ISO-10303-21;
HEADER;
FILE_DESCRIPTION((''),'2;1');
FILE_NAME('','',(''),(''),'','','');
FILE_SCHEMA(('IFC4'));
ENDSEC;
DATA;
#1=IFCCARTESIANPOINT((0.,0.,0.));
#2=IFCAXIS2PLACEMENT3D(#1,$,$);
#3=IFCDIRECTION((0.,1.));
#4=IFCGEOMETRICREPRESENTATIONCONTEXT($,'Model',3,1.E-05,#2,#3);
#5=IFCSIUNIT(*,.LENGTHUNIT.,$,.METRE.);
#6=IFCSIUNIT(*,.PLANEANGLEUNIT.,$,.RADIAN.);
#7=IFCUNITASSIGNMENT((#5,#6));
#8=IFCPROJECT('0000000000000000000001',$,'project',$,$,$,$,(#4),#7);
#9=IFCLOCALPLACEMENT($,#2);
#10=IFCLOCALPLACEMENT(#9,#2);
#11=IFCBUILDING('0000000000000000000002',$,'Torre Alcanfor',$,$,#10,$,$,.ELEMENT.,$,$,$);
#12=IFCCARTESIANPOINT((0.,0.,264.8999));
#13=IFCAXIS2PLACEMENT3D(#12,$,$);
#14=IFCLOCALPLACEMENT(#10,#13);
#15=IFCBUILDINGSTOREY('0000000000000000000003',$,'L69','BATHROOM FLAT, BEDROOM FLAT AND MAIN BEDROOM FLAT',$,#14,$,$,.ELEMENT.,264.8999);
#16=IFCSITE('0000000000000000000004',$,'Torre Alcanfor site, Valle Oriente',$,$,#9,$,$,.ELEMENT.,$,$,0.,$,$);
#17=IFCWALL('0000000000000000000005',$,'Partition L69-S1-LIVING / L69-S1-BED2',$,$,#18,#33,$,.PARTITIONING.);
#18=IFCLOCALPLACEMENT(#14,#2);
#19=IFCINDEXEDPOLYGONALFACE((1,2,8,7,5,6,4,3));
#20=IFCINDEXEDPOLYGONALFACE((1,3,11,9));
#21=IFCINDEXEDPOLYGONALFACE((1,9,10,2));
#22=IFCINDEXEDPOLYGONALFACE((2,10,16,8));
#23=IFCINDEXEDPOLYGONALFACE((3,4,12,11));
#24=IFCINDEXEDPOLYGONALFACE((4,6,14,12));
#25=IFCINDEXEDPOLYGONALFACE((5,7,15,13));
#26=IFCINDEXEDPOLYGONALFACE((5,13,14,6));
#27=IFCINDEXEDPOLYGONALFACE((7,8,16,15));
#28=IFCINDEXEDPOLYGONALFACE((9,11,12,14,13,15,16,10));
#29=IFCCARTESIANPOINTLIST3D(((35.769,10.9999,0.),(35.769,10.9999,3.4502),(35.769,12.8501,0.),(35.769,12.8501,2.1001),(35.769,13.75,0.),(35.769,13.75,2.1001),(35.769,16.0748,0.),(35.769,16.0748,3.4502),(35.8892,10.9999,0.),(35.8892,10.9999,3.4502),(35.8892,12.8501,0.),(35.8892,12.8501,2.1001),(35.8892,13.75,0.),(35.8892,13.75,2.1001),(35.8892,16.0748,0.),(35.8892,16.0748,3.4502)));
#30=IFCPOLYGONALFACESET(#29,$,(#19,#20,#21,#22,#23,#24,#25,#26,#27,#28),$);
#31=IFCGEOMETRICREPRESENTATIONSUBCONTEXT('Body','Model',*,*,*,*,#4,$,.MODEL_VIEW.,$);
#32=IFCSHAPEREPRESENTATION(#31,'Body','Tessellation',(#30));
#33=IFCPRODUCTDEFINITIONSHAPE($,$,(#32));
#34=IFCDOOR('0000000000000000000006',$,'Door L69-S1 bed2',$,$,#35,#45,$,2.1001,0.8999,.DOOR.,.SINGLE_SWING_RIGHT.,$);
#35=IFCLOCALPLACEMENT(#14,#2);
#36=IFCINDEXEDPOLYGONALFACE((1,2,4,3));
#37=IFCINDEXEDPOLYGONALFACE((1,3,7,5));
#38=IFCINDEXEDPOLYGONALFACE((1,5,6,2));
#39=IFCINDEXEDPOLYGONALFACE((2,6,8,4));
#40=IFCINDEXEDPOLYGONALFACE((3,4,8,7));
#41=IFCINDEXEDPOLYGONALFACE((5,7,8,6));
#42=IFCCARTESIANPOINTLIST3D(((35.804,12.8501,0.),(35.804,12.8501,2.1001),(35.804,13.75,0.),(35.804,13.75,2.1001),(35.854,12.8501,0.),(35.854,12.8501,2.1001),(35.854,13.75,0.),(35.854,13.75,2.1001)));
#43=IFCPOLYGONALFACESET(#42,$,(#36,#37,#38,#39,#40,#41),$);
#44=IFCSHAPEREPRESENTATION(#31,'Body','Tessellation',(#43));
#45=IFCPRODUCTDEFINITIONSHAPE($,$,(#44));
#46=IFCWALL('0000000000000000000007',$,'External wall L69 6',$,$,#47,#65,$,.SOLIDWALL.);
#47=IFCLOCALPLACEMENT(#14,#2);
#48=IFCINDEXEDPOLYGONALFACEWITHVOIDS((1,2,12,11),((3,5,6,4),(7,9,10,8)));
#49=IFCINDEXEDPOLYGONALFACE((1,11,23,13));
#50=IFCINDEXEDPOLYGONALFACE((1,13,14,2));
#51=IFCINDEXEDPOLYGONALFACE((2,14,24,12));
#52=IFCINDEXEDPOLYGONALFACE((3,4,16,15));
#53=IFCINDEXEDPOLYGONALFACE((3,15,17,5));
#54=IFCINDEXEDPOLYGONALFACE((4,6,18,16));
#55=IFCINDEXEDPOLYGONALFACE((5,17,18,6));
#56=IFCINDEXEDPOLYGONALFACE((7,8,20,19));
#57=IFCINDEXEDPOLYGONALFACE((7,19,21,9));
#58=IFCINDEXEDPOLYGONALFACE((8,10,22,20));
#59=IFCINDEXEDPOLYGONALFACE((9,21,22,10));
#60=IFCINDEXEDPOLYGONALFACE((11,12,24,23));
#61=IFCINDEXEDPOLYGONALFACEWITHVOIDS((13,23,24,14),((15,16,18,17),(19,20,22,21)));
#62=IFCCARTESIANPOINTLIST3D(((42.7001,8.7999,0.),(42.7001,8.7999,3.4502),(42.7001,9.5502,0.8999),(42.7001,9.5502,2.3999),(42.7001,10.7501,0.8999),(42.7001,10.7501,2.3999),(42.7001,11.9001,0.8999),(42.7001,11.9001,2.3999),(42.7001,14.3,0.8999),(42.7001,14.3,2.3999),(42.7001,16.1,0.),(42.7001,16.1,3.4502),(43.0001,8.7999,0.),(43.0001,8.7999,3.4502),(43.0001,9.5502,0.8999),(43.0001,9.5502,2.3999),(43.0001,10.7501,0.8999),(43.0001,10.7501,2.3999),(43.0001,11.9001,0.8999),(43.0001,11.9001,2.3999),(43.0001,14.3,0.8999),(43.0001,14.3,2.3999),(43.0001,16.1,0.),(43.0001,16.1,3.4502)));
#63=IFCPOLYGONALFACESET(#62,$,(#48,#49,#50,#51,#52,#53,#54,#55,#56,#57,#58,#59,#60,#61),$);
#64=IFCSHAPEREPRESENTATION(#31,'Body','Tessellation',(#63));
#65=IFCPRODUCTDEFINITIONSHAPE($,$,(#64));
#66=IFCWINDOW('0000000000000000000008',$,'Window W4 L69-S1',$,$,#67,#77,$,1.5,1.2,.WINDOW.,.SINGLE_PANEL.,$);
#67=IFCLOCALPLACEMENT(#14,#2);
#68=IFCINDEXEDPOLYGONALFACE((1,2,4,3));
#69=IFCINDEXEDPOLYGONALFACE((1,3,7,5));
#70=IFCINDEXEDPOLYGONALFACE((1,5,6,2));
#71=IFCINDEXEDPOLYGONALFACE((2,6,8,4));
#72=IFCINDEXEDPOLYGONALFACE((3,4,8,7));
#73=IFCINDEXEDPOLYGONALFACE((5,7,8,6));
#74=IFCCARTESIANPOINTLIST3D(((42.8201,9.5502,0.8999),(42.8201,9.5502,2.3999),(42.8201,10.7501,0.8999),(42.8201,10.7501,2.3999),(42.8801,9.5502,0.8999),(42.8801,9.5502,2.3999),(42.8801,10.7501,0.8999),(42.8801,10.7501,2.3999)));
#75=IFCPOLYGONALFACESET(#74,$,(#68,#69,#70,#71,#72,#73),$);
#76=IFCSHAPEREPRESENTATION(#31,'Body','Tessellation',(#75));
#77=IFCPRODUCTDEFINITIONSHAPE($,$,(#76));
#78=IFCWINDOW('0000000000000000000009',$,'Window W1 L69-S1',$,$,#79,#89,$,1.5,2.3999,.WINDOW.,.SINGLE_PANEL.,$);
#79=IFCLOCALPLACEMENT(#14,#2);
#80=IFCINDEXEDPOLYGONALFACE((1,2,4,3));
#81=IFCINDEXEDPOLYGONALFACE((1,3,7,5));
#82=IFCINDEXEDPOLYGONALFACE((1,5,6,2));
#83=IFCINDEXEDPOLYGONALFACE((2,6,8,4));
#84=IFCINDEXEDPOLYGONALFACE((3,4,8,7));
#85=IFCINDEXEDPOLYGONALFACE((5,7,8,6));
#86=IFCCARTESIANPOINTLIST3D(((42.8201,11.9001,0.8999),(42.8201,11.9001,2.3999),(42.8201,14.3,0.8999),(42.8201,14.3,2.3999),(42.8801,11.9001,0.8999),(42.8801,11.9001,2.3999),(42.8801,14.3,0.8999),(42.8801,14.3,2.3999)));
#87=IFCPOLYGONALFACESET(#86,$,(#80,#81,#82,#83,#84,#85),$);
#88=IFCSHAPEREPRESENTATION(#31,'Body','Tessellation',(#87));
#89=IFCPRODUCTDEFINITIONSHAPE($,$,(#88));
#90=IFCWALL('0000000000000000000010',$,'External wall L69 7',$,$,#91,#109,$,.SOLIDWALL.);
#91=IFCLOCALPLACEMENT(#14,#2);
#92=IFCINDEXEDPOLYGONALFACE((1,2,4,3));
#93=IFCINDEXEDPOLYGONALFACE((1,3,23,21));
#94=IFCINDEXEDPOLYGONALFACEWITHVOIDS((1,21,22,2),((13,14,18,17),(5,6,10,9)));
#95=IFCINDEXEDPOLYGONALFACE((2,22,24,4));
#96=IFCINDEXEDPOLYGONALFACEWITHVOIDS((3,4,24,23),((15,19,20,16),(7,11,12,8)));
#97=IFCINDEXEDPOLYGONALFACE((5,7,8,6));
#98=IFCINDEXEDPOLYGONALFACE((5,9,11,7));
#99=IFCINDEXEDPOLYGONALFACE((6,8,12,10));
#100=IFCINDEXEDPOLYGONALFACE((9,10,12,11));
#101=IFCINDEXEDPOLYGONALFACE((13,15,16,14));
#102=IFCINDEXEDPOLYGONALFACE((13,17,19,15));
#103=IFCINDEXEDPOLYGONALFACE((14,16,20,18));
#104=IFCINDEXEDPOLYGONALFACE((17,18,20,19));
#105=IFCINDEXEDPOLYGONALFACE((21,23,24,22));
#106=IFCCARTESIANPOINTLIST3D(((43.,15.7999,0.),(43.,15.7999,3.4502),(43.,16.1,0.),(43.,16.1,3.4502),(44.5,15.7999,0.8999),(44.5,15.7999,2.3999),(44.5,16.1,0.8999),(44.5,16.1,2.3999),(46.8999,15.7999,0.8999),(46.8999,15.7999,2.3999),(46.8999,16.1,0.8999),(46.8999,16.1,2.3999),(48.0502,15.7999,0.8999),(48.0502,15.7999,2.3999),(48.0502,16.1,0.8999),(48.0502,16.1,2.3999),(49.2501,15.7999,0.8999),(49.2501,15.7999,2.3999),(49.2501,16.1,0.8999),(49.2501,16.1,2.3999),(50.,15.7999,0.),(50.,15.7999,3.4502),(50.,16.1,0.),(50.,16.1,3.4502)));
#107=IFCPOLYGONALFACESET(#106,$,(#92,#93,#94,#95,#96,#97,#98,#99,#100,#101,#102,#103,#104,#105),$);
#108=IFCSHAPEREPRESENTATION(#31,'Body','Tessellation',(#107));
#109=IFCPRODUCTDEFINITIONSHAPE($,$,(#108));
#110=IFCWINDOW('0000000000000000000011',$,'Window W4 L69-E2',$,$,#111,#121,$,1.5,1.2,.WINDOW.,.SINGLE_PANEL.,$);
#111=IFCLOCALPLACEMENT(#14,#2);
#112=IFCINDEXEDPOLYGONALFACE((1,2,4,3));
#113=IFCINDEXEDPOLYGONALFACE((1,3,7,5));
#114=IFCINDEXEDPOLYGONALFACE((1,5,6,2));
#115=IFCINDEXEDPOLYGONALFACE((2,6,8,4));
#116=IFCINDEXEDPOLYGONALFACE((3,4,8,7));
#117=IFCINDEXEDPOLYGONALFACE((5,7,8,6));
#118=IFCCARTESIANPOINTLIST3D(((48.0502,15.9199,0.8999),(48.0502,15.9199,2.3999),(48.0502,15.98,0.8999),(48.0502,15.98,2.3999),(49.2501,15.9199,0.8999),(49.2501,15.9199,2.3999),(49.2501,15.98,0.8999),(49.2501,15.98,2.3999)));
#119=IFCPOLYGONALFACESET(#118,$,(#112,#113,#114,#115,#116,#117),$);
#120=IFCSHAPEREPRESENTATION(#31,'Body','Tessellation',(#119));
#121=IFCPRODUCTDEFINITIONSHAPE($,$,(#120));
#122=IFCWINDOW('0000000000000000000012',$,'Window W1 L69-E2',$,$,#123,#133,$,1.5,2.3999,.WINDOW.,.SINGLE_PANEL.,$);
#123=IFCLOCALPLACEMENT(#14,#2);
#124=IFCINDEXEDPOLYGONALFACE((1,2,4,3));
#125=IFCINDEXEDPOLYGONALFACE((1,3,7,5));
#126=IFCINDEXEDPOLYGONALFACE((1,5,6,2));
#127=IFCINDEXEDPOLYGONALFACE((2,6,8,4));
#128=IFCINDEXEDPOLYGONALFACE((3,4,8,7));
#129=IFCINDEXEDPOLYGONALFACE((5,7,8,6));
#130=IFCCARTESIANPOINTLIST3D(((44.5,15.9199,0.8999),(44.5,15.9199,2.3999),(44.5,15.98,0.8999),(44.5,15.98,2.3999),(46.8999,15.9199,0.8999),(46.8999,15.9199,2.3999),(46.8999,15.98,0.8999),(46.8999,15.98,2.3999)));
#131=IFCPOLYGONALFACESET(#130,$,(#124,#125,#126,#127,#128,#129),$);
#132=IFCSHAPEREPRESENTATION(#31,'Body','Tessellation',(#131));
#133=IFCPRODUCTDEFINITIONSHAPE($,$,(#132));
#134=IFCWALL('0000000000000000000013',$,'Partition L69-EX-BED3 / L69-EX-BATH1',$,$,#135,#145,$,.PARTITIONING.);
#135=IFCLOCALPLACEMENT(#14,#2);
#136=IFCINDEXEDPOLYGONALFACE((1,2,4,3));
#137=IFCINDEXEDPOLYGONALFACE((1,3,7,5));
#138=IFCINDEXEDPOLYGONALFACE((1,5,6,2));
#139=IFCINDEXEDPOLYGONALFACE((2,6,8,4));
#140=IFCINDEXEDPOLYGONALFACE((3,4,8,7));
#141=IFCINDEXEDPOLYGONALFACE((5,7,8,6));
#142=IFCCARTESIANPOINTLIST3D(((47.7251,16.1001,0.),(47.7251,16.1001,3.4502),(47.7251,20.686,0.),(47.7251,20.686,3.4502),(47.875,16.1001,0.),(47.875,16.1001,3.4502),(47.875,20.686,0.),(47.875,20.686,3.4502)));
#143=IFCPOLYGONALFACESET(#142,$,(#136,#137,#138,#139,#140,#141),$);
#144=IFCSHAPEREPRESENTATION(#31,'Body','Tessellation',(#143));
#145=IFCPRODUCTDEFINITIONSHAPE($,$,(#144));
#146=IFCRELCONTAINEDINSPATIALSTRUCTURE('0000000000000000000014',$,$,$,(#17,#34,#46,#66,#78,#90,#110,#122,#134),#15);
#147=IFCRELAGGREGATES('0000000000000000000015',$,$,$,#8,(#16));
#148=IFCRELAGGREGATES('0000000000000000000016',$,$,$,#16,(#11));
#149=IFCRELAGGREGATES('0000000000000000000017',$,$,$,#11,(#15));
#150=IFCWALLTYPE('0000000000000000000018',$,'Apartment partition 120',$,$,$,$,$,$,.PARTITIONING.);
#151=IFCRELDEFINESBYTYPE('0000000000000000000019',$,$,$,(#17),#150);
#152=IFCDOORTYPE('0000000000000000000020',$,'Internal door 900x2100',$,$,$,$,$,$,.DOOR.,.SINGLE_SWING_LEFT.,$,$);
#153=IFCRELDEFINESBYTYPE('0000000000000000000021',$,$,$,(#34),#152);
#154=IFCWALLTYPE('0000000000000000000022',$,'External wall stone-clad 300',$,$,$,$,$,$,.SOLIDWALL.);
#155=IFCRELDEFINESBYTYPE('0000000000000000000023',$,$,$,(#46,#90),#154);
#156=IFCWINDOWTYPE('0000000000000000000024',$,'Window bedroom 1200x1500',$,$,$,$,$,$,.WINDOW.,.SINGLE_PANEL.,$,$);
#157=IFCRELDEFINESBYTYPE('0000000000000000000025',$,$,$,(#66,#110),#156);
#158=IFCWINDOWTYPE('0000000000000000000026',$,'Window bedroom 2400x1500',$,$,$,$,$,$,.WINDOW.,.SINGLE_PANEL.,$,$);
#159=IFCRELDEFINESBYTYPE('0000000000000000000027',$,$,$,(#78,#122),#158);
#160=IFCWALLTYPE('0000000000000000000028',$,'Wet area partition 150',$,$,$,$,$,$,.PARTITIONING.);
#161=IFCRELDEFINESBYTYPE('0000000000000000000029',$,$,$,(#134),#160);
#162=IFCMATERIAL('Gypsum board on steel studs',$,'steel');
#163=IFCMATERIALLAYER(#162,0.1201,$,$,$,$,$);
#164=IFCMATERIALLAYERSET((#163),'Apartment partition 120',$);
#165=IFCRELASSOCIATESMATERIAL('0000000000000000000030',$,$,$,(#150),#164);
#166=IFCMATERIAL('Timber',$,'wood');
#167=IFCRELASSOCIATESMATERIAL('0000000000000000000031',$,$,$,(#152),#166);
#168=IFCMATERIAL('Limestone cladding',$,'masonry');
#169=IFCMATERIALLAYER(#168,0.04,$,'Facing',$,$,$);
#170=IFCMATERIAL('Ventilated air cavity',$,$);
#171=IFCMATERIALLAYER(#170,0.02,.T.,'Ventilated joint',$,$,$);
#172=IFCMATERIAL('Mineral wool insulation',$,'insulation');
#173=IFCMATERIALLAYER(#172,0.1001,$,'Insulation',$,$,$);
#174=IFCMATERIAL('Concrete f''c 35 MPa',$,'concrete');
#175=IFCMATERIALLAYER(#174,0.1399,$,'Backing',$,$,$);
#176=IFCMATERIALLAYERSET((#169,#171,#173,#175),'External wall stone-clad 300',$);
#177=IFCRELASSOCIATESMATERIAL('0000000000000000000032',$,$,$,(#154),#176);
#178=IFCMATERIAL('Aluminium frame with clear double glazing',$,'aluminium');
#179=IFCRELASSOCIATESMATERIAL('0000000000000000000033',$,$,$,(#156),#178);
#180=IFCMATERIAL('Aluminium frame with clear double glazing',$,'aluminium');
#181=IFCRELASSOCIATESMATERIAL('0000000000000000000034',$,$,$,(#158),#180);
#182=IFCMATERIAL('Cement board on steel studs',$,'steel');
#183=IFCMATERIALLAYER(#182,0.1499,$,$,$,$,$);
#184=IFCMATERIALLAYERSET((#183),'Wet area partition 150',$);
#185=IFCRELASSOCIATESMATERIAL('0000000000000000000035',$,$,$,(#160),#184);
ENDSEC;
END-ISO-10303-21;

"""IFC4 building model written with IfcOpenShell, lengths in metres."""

from ifc_helpers import new_model, si_unit, direction, frame, frame_2d, origin, place, context, subcontext, project, spatial, rectangle, extrude, material, layer, layer_set, type_object, element, fill, save


model = new_model("IFC4")

# Units and contexts
model_context = context("Model", 3, precision=1e-05, world=origin(), true_north=direction((0.0, 1.0)))
body_context = subcontext(model_context, "Body", "Model", "MODEL_VIEW")
ifc_project = project(units=[si_unit("LENGTHUNIT", "METRE"), si_unit("PLANEANGLEUNIT", "RADIAN")], contexts=[model_context])

# Site, building, storey
site_placement = place(None, origin())
site = spatial("IfcSite", under=ifc_project, at=site_placement, Name="Torre Alcanfor site, Valle Oriente", CompositionType="ELEMENT", RefElevation=0.0)
building_placement = place(site_placement, origin())
building = spatial("IfcBuilding", under=site, at=building_placement, Name="Torre Alcanfor", CompositionType="ELEMENT")
storey_placement = place(building_placement, frame((0.0, 0.0, 264.8999)))
storey = spatial("IfcBuildingStorey", under=building, at=storey_placement, Name="L69", Description="BATHROOM FLAT, BEDROOM FLAT AND MAIN BEDROOM FLAT", CompositionType="ELEMENT", Elevation=264.8999)

# Wall, opening, door
ifc_material_1 = material(Name="Gypsum board on steel studs", Category="steel")
ifc_layer_1 = layer(ifc_material_1, 0.1201)
ifc_layer_set_1 = layer_set([ifc_layer_1], Name="Apartment partition 120")
wall_type_1 = type_object("IfcWallType", Name="Apartment partition 120", PredefinedType="PARTITIONING", material=ifc_layer_set_1)
wall_1_placement = place(storey_placement, frame((35.8291, 16.075, 0.0), z_axis=(0.0, 0.0, 1.0), x_axis=(0.0, -1.0, 0.0)))
wall_1 = element("IfcWall", 1, at=wall_1_placement, inside=storey, type_object=wall_type_1, Name="Partition L69-S1-LIVING / L69-S1-BED2", PredefinedType="PARTITIONING", context=body_context, shape_type="SweptSolid", body=[
    extrude(rectangle(XDim=5.075, YDim=0.1201, at=frame_2d((2.5376, 0.0))), origin(), (0.0, 0.0, 1.0), 3.4502),
])
opening_1_placement = place(wall_1_placement, frame((2.325, 0.0, 0.0)))
opening_1 = element("IfcOpeningElement", 2, at=opening_1_placement, cuts=wall_1, PredefinedType="OPENING", context=body_context, shape_type="SweptSolid", body=[
    extrude(rectangle(XDim=0.8999, YDim=2.1001, at=frame_2d((0.45, 1.05))), frame((0.0, 0.0701, 0.0), z_axis=(0.0, -1.0, 0.0), x_axis=(1.0, 0.0, 0.0)), (0.0, 0.0, 1.0), 0.1401),
])
ifc_material_2 = material(Name="Timber", Category="wood")
door_type_1 = type_object("IfcDoorType", Name="Internal door 900x2100", OperationType="SINGLE_SWING_LEFT", PredefinedType="DOOR", material=ifc_material_2)
door_1_placement = place(opening_1_placement, origin())
door_1 = element("IfcDoor", 3, at=door_1_placement, inside=storey, type_object=door_type_1, Name="Door L69-S1 bed2", OperationType="SINGLE_SWING_RIGHT", OverallHeight=2.1001, OverallWidth=0.8999, PredefinedType="DOOR", context=body_context, shape_type="SweptSolid", body=[
    extrude(rectangle(XDim=0.8999, YDim=2.1001, at=frame_2d((0.45, 1.05))), frame((0.0, 0.0249, 0.0), z_axis=(0.0, -1.0, 0.0), x_axis=(1.0, 0.0, 0.0)), (0.0, 0.0, 1.0), 0.05),
])
fill(opening_1, door_1)

# Walls, openings, windows
ifc_material_3 = material(Name="Limestone cladding", Category="masonry")
ifc_layer_2 = layer(ifc_material_3, 0.04, Name="Facing")
ifc_material_4 = material(Name="Ventilated air cavity")
ifc_layer_3 = layer(ifc_material_4, 0.02, ventilated=True, Name="Ventilated joint")
ifc_material_5 = material(Name="Mineral wool insulation", Category="insulation")
ifc_layer_4 = layer(ifc_material_5, 0.1001, Name="Insulation")
ifc_material_6 = material(Name="Concrete f'c 35 MPa", Category="concrete")
ifc_layer_5 = layer(ifc_material_6, 0.1399, Name="Backing")
ifc_layer_set_2 = layer_set([ifc_layer_2, ifc_layer_3, ifc_layer_4, ifc_layer_5], Name="External wall stone-clad 300")
wall_type_2 = type_object("IfcWallType", Name="External wall stone-clad 300", PredefinedType="SOLIDWALL", material=ifc_layer_set_2)
wall_2_placement = place(storey_placement, frame((42.8501, 8.8, 0.0), z_axis=(0.0, 0.0, 1.0), x_axis=(0.0, 1.0, 0.0)))
wall_2 = element("IfcWall", 4, at=wall_2_placement, inside=storey, type_object=wall_type_2, Name="External wall L69 6", PredefinedType="SOLIDWALL", context=body_context, shape_type="SweptSolid", body=[
    extrude(rectangle(XDim=7.3, YDim=0.3, at=frame_2d((3.6499, 0.0))), origin(), (0.0, 0.0, 1.0), 3.4502),
])
opening_2_placement = place(wall_2_placement, frame((3.1001, 0.0, 0.8999)))
opening_2 = element("IfcOpeningElement", 5, at=opening_2_placement, cuts=wall_2, PredefinedType="OPENING", context=body_context, shape_type="SweptSolid", body=[
    extrude(rectangle(XDim=2.3999, YDim=1.5, at=frame_2d((1.2, 0.75))), frame((0.0, 0.1599, 0.0), z_axis=(0.0, -1.0, 0.0), x_axis=(1.0, 0.0, 0.0)), (0.0, 0.0, 1.0), 0.3201),
])
opening_3_placement = place(wall_2_placement, frame((0.75, 0.0, 0.8999)))
opening_3 = element("IfcOpeningElement", 6, at=opening_3_placement, cuts=wall_2, PredefinedType="OPENING", context=body_context, shape_type="SweptSolid", body=[
    extrude(rectangle(XDim=1.2, YDim=1.5, at=frame_2d((0.6001, 0.75))), frame((0.0, 0.1599, 0.0), z_axis=(0.0, -1.0, 0.0), x_axis=(1.0, 0.0, 0.0)), (0.0, 0.0, 1.0), 0.3201),
])
ifc_material_7 = material(Name="Aluminium frame with clear double glazing", Category="aluminium")
window_type_1 = type_object("IfcWindowType", Name="Window bedroom 1200x1500", PartitioningType="SINGLE_PANEL", PredefinedType="WINDOW", material=ifc_material_7)
window_1_placement = place(opening_3_placement, origin())
window_1 = element("IfcWindow", 7, at=window_1_placement, inside=storey, type_object=window_type_1, Name="Window W4 L69-S1", OverallHeight=1.5, OverallWidth=1.2, PartitioningType="SINGLE_PANEL", PredefinedType="WINDOW", context=body_context, shape_type="SweptSolid", body=[
    extrude(rectangle(XDim=1.2, YDim=1.5, at=frame_2d((0.6001, 0.75))), frame((0.0, 0.03, 0.0), z_axis=(0.0, -1.0, 0.0), x_axis=(1.0, 0.0, 0.0)), (0.0, 0.0, 1.0), 0.0601),
])
fill(opening_3, window_1)
ifc_material_8 = material(Name="Aluminium frame with clear double glazing", Category="aluminium")
window_type_2 = type_object("IfcWindowType", Name="Window bedroom 2400x1500", PartitioningType="SINGLE_PANEL", PredefinedType="WINDOW", material=ifc_material_8)
window_2_placement = place(opening_2_placement, origin())
window_2 = element("IfcWindow", 8, at=window_2_placement, inside=storey, type_object=window_type_2, Name="Window W1 L69-S1", OverallHeight=1.5, OverallWidth=2.3999, PartitioningType="SINGLE_PANEL", PredefinedType="WINDOW", context=body_context, shape_type="SweptSolid", body=[
    extrude(rectangle(XDim=2.3999, YDim=1.5, at=frame_2d((1.2, 0.75))), frame((0.0, 0.03, 0.0), z_axis=(0.0, -1.0, 0.0), x_axis=(1.0, 0.0, 0.0)), (0.0, 0.0, 1.0), 0.0601),
])
fill(opening_2, window_2)
wall_3_placement = place(storey_placement, frame((43.0, 15.95, 0.0), z_axis=(0.0, 0.0, 1.0), x_axis=(1.0, 0.0, 0.0)))
wall_3 = element("IfcWall", 9, at=wall_3_placement, inside=storey, type_object=wall_type_2, Name="External wall L69 7", PredefinedType="SOLIDWALL", context=body_context, shape_type="SweptSolid", body=[
    extrude(rectangle(XDim=7.0, YDim=0.3, at=frame_2d((3.5, 0.0))), origin(), (0.0, 0.0, 1.0), 3.4502),
])
opening_4_placement = place(wall_3_placement, frame((1.5, 0.0, 0.8999)))
opening_4 = element("IfcOpeningElement", 10, at=opening_4_placement, cuts=wall_3, PredefinedType="OPENING", context=body_context, shape_type="SweptSolid", body=[
    extrude(rectangle(XDim=2.3999, YDim=1.5, at=frame_2d((1.2, 0.75))), frame((0.0, 0.1599, 0.0), z_axis=(0.0, -1.0, 0.0), x_axis=(1.0, 0.0, 0.0)), (0.0, 0.0, 1.0), 0.3201),
])
opening_5_placement = place(wall_3_placement, frame((5.05, 0.0, 0.8999)))
opening_5 = element("IfcOpeningElement", 11, at=opening_5_placement, cuts=wall_3, PredefinedType="OPENING", context=body_context, shape_type="SweptSolid", body=[
    extrude(rectangle(XDim=1.2, YDim=1.5, at=frame_2d((0.6001, 0.75))), frame((0.0, 0.1599, 0.0), z_axis=(0.0, -1.0, 0.0), x_axis=(1.0, 0.0, 0.0)), (0.0, 0.0, 1.0), 0.3201),
])
window_3_placement = place(opening_5_placement, origin())
window_3 = element("IfcWindow", 12, at=window_3_placement, inside=storey, type_object=window_type_1, Name="Window W4 L69-E2", OverallHeight=1.5, OverallWidth=1.2, PartitioningType="SINGLE_PANEL", PredefinedType="WINDOW", context=body_context, shape_type="SweptSolid", body=[
    extrude(rectangle(XDim=1.2, YDim=1.5, at=frame_2d((0.6001, 0.75))), frame((0.0, 0.03, 0.0), z_axis=(0.0, -1.0, 0.0), x_axis=(1.0, 0.0, 0.0)), (0.0, 0.0, 1.0), 0.0601),
])
fill(opening_5, window_3)
window_4_placement = place(opening_4_placement, origin())
window_4 = element("IfcWindow", 13, at=window_4_placement, inside=storey, type_object=window_type_2, Name="Window W1 L69-E2", OverallHeight=1.5, OverallWidth=2.3999, PartitioningType="SINGLE_PANEL", PredefinedType="WINDOW", context=body_context, shape_type="SweptSolid", body=[
    extrude(rectangle(XDim=2.3999, YDim=1.5, at=frame_2d((1.2, 0.75))), frame((0.0, 0.03, 0.0), z_axis=(0.0, -1.0, 0.0), x_axis=(1.0, 0.0, 0.0)), (0.0, 0.0, 1.0), 0.0601),
])
fill(opening_4, window_4)

# Wall
ifc_material_9 = material(Name="Cement board on steel studs", Category="steel")
ifc_layer_6 = layer(ifc_material_9, 0.1499)
ifc_layer_set_3 = layer_set([ifc_layer_6], Name="Wet area partition 150")
wall_type_3 = type_object("IfcWallType", Name="Wet area partition 150", PredefinedType="PARTITIONING", material=ifc_layer_set_3)
wall_4_placement = place(storey_placement, frame((47.8, 16.1001, 0.0), z_axis=(0.0, 0.0, 1.0), x_axis=(0.0, 1.0, 0.0)))
element("IfcWall", 14, at=wall_4_placement, inside=storey, type_object=wall_type_3, Name="Partition L69-EX-BED3 / L69-EX-BATH1", PredefinedType="PARTITIONING", context=body_context, shape_type="SweptSolid", body=[
    extrude(rectangle(XDim=4.5859, YDim=0.1499, at=frame_2d((2.293, 0.0))), origin(), (0.0, 0.0, 1.0), 3.4502),
])

save(model, "model.ifc")
